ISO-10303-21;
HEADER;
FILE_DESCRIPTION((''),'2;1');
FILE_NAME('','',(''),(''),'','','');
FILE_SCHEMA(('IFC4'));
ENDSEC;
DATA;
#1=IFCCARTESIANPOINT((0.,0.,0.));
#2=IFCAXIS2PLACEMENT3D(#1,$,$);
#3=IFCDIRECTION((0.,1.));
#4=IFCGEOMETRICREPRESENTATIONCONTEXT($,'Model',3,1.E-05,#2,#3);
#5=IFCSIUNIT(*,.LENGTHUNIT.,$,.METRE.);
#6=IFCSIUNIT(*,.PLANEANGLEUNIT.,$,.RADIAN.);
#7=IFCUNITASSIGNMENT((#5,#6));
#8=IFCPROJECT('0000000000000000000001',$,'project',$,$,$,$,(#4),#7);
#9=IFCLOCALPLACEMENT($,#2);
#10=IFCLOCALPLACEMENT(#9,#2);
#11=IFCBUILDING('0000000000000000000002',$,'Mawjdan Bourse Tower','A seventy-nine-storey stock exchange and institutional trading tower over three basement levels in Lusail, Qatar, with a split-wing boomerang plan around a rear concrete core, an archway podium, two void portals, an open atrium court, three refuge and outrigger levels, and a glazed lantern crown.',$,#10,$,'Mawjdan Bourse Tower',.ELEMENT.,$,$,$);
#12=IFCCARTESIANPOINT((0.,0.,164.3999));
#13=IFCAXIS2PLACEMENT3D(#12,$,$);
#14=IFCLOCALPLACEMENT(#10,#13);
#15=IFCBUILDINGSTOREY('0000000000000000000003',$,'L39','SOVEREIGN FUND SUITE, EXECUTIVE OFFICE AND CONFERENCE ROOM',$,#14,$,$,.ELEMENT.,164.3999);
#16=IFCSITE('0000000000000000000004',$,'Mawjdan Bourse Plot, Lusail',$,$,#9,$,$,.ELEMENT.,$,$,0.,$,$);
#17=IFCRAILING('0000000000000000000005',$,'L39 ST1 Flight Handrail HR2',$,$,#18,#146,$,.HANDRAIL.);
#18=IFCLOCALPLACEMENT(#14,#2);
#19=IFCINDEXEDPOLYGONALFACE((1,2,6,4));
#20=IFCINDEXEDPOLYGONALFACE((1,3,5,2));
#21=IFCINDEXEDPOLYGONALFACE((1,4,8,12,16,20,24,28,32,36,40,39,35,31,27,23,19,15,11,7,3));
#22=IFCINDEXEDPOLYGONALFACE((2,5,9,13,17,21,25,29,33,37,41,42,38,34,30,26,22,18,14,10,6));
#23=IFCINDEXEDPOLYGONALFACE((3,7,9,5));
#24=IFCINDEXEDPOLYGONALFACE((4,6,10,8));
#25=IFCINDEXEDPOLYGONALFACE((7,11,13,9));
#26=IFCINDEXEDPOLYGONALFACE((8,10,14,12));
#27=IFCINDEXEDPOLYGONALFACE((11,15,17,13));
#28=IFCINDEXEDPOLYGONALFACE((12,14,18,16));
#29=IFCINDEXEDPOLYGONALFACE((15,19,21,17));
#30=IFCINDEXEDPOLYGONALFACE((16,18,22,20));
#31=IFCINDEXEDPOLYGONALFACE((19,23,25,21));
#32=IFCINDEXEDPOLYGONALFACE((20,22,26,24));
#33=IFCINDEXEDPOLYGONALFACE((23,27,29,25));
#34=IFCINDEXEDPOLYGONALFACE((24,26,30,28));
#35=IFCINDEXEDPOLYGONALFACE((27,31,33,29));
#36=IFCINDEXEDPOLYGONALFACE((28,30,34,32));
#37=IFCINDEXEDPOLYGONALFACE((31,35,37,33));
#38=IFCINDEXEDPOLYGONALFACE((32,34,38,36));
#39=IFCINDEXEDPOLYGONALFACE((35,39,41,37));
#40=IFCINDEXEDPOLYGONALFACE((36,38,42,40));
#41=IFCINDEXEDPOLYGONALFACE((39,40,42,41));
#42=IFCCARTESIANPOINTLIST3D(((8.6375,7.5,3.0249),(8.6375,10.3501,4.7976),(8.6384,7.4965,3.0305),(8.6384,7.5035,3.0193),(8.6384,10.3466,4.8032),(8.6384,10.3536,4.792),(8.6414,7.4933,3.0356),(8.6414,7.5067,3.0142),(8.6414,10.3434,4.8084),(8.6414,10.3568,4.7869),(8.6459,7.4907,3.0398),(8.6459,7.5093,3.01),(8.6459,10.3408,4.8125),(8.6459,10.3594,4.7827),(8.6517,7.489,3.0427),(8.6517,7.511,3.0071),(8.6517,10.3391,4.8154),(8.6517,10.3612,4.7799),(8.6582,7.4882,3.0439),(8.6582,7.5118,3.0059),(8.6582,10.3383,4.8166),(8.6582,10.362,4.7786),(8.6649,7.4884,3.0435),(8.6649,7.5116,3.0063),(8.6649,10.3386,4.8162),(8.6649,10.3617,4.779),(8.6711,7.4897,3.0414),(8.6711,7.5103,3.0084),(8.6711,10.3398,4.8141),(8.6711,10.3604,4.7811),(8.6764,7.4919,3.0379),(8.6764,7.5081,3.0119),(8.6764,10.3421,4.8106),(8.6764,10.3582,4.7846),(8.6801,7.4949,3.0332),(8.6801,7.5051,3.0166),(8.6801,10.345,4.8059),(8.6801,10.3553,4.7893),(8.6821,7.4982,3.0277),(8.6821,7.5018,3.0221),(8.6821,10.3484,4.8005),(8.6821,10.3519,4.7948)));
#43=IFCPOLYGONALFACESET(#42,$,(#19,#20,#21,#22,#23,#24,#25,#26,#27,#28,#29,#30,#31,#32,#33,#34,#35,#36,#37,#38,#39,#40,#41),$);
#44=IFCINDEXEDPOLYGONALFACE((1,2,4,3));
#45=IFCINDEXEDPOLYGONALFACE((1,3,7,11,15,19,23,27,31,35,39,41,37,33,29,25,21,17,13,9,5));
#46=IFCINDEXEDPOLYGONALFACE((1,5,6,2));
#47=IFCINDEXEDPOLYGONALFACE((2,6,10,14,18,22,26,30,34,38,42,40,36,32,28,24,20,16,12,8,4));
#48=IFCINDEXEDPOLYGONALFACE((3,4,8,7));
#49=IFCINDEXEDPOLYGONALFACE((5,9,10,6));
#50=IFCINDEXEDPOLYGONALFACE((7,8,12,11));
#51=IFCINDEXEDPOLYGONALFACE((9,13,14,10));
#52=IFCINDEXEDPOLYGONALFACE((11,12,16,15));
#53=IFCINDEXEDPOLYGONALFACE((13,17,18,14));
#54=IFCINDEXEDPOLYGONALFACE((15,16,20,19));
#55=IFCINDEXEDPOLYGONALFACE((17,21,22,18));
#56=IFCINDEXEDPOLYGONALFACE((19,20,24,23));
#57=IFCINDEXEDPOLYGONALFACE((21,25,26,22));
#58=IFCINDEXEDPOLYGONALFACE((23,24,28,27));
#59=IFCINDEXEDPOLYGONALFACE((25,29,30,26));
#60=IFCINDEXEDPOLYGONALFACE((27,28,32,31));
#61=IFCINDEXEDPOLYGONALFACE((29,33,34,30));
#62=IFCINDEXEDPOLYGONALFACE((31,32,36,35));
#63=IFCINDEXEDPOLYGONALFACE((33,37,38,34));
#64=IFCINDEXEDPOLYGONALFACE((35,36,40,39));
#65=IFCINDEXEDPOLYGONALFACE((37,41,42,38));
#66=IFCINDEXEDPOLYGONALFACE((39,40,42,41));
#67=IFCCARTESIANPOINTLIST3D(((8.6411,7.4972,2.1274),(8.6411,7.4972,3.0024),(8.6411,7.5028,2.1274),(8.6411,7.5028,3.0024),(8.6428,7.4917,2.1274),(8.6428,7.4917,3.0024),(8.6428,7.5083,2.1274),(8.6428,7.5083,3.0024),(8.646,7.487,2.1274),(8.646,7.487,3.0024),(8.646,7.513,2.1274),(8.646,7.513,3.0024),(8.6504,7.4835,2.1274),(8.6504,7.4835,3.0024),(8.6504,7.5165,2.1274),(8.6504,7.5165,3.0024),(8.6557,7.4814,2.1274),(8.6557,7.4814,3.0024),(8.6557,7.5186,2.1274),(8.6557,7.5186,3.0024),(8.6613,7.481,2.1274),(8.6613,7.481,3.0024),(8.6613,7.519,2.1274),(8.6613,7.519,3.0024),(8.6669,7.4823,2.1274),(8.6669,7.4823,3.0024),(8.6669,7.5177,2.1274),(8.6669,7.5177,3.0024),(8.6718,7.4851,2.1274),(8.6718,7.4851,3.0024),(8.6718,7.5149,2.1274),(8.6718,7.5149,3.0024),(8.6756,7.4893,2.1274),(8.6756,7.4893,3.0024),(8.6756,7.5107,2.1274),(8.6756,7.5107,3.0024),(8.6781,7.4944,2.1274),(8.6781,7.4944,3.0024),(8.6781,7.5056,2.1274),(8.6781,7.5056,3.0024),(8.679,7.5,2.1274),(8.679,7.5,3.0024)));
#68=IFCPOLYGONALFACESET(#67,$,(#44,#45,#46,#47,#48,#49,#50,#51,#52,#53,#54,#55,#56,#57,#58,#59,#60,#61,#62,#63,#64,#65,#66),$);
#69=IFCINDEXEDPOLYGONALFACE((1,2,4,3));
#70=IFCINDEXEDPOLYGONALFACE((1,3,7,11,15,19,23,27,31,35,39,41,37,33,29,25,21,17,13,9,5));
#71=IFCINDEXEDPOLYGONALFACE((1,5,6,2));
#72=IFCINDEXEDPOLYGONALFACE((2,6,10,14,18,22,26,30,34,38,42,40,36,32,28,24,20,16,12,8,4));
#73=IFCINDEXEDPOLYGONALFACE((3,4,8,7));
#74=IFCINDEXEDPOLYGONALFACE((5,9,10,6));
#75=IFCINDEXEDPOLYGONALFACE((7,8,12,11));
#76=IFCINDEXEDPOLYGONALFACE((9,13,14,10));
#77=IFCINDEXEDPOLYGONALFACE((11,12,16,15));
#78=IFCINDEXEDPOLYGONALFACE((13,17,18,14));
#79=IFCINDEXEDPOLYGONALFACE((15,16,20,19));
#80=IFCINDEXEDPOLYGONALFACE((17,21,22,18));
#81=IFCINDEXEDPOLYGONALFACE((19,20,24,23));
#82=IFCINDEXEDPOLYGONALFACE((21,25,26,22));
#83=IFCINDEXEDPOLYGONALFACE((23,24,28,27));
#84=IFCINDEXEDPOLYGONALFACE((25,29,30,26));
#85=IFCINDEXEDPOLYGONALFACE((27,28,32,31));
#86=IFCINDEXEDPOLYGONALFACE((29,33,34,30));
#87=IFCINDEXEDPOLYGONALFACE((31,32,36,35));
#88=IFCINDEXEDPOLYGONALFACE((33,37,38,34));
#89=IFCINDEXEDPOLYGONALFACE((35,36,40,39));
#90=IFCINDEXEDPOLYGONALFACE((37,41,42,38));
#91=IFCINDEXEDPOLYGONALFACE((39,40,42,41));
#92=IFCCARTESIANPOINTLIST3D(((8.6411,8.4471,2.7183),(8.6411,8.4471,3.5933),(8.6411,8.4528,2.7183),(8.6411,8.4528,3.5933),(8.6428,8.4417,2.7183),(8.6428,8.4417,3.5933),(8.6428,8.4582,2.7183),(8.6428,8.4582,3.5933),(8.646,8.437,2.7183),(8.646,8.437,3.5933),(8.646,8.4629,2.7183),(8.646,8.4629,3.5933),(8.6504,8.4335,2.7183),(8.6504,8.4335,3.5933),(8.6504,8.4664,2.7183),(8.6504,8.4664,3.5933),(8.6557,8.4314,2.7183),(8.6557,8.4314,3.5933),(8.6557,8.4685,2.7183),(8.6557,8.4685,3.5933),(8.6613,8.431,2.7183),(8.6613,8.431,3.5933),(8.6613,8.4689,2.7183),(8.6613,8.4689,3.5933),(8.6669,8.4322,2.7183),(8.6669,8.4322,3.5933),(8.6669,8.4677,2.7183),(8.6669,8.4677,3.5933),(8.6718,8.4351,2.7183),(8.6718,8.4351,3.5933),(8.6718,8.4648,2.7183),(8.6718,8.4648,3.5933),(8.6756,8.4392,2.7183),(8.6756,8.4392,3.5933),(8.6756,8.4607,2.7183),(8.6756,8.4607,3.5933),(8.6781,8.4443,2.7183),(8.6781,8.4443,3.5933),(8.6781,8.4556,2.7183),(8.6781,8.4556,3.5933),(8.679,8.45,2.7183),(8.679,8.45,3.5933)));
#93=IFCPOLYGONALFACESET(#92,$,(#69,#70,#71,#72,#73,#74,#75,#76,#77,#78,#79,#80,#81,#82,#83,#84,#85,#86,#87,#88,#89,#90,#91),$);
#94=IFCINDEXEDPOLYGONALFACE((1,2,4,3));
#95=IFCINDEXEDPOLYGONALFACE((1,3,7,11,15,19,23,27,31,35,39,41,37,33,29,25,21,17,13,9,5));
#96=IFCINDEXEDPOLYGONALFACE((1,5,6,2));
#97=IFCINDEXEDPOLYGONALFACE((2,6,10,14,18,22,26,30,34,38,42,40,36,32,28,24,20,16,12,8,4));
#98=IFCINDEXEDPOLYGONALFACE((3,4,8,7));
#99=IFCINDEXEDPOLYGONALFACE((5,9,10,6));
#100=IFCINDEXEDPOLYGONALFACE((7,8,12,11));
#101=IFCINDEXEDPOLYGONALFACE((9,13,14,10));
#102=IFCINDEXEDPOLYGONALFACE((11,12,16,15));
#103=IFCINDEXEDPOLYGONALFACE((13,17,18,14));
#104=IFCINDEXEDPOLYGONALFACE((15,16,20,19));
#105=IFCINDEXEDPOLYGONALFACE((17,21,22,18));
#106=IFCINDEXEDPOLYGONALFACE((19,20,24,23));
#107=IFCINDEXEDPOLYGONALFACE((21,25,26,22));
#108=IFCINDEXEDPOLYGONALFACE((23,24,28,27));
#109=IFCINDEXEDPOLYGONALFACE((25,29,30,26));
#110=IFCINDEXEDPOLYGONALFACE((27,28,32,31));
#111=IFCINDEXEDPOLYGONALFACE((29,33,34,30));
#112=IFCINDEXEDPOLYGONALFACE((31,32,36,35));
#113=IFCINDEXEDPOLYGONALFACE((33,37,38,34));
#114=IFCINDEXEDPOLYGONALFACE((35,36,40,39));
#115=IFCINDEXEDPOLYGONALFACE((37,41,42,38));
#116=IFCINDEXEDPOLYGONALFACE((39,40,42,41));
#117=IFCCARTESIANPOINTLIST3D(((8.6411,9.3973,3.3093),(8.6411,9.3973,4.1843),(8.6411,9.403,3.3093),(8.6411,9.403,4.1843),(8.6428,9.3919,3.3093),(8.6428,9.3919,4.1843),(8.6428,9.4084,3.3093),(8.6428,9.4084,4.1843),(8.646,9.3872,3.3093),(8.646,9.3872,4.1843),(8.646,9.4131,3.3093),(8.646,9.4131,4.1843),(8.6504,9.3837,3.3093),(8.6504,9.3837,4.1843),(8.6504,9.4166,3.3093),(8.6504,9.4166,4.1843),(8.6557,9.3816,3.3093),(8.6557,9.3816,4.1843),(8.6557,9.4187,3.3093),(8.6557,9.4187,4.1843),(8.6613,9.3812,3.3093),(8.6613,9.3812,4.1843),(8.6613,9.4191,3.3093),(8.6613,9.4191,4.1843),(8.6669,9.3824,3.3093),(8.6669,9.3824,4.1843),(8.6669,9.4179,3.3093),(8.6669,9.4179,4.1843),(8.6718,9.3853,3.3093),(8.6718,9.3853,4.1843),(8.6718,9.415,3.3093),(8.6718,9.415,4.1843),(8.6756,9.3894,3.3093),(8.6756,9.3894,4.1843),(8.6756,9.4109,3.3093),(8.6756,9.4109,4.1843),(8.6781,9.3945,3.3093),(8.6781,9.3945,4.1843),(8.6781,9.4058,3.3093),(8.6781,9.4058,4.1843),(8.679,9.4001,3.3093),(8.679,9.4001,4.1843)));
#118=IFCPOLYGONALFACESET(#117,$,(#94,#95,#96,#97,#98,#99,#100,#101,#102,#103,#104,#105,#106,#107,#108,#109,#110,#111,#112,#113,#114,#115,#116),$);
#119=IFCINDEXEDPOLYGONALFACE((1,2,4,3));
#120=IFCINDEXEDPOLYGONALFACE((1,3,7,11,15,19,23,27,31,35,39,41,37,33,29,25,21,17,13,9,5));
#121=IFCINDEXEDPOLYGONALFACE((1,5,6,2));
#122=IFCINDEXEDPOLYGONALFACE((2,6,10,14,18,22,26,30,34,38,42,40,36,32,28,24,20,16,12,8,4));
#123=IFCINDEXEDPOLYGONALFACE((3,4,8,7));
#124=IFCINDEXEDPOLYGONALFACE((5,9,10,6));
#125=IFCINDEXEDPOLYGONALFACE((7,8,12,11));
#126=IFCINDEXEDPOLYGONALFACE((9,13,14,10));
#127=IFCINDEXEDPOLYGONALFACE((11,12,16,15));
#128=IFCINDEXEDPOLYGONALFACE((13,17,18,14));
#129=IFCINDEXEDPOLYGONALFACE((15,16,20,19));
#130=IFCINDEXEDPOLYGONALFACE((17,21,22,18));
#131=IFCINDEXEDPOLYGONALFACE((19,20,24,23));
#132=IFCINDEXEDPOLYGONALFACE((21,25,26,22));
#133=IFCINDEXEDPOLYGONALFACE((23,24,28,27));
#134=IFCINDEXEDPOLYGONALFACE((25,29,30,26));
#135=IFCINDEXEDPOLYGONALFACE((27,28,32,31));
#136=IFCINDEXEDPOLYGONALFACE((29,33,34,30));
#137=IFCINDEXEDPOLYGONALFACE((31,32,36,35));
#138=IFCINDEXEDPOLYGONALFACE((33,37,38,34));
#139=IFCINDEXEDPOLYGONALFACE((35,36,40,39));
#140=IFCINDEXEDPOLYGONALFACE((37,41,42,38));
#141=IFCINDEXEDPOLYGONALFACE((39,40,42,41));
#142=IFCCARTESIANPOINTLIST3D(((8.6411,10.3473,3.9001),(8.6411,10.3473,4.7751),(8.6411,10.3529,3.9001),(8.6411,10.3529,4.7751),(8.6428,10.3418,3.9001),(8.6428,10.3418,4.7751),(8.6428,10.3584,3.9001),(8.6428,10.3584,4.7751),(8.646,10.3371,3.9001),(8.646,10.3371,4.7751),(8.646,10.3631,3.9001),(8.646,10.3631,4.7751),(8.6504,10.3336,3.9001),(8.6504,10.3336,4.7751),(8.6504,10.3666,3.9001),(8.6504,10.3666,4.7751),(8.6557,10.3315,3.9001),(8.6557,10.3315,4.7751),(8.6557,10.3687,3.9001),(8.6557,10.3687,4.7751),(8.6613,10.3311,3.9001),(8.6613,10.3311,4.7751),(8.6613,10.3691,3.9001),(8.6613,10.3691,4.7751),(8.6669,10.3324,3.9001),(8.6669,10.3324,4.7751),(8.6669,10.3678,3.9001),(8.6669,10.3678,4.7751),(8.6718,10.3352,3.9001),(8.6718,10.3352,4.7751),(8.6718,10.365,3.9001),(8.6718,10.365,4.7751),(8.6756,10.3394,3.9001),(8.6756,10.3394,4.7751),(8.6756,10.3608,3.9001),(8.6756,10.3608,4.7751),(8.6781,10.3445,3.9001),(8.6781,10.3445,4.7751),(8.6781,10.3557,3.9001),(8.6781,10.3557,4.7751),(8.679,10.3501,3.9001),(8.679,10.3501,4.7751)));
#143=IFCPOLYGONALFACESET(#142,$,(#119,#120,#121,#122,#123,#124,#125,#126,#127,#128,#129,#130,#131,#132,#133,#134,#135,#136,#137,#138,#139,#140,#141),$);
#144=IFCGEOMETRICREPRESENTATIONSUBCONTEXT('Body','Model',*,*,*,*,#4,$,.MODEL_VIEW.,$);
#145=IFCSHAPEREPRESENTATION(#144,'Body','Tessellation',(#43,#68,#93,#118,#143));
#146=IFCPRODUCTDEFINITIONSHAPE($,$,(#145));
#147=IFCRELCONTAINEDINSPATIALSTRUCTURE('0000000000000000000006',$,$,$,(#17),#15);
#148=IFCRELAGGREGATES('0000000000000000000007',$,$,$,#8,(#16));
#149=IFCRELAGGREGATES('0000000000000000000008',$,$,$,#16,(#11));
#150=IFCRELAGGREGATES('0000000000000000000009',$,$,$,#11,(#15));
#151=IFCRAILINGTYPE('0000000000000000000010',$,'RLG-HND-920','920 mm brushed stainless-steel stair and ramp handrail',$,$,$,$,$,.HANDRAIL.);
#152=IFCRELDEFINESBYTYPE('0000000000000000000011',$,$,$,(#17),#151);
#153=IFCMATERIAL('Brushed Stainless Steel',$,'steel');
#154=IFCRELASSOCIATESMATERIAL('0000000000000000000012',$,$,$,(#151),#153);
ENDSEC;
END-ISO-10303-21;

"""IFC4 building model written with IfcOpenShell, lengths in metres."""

from ifc_helpers import new_model, si_unit, direction, frame, origin, origin_2d, place, context, subcontext, project, spatial, circle, extrude, material, type_object, element, save


model = new_model("IFC4")

# Units and contexts
model_context = context("Model", 3, precision=1e-05, world=origin(), true_north=direction((0.0, 1.0)))
body_context = subcontext(model_context, "Body", "Model", "MODEL_VIEW")
ifc_project = project(units=[si_unit("LENGTHUNIT", "METRE"), si_unit("PLANEANGLEUNIT", "RADIAN")], contexts=[model_context])

# Site, building, storey
site_placement = place(None, origin())
site = spatial("IfcSite", under=ifc_project, at=site_placement, Name="Mawjdan Bourse Plot, Lusail", CompositionType="ELEMENT", RefElevation=0.0)
building_placement = place(site_placement, origin())
building = spatial("IfcBuilding", under=site, at=building_placement, Name="Mawjdan Bourse Tower", Description="A seventy-nine-storey stock exchange and institutional trading tower over three basement levels in Lusail, Qatar, with a split-wing boomerang plan around a rear concrete core, an archway podium, two void portals, an open atrium court, three refuge and outrigger levels, and a glazed lantern crown.", LongName="Mawjdan Bourse Tower", CompositionType="ELEMENT")
storey_placement = place(building_placement, frame((0.0, 0.0, 164.3999)))
storey = spatial("IfcBuildingStorey", under=building, at=storey_placement, Name="L39", Description="SOVEREIGN FUND SUITE, EXECUTIVE OFFICE AND CONFERENCE ROOM", CompositionType="ELEMENT", Elevation=164.3999)

# Shared definitions
ifc_material_1 = material(Name="Brushed Stainless Steel", Category="steel")

# Railing
railing_type_1 = type_object("IfcRailingType", Name="RLG-HND-920", Description="920 mm brushed stainless-steel stair and ramp handrail", PredefinedType="HANDRAIL", material=ifc_material_1)
railing_placement = place(storey_placement, frame((8.6599, 7.5, 2.1274)))
element("IfcRailing", 1, at=railing_placement, inside=storey, type_object=railing_type_1, Name="L39 ST1 Flight Handrail HR2", PredefinedType="HANDRAIL", context=body_context, shape_type="SweptSolid", body=[
    extrude(circle(Radius=0.0225, at=origin_2d()), frame((0.0, 0.0, 0.8975), z_axis=(0.0, 0.849149, 0.528154), x_axis=(-1.0, 0.0, 0.0)), (0.0, 0.0, 1.0), 3.3564),
    extrude(circle(Radius=0.019, at=origin_2d()), origin(), (0.0, 0.0, 1.0), 0.875),
    extrude(circle(Radius=0.019, at=origin_2d()), frame((0.0, 0.95, 0.5908)), (0.0, 0.0, 1.0), 0.875),
    extrude(circle(Radius=0.019, at=origin_2d()), frame((0.0, 1.9001, 1.1819)), (0.0, 0.0, 1.0), 0.875),
    extrude(circle(Radius=0.019, at=origin_2d()), frame((0.0, 2.8501, 1.7727)), (0.0, 0.0, 1.0), 0.875),
])

save(model, "model.ifc")
